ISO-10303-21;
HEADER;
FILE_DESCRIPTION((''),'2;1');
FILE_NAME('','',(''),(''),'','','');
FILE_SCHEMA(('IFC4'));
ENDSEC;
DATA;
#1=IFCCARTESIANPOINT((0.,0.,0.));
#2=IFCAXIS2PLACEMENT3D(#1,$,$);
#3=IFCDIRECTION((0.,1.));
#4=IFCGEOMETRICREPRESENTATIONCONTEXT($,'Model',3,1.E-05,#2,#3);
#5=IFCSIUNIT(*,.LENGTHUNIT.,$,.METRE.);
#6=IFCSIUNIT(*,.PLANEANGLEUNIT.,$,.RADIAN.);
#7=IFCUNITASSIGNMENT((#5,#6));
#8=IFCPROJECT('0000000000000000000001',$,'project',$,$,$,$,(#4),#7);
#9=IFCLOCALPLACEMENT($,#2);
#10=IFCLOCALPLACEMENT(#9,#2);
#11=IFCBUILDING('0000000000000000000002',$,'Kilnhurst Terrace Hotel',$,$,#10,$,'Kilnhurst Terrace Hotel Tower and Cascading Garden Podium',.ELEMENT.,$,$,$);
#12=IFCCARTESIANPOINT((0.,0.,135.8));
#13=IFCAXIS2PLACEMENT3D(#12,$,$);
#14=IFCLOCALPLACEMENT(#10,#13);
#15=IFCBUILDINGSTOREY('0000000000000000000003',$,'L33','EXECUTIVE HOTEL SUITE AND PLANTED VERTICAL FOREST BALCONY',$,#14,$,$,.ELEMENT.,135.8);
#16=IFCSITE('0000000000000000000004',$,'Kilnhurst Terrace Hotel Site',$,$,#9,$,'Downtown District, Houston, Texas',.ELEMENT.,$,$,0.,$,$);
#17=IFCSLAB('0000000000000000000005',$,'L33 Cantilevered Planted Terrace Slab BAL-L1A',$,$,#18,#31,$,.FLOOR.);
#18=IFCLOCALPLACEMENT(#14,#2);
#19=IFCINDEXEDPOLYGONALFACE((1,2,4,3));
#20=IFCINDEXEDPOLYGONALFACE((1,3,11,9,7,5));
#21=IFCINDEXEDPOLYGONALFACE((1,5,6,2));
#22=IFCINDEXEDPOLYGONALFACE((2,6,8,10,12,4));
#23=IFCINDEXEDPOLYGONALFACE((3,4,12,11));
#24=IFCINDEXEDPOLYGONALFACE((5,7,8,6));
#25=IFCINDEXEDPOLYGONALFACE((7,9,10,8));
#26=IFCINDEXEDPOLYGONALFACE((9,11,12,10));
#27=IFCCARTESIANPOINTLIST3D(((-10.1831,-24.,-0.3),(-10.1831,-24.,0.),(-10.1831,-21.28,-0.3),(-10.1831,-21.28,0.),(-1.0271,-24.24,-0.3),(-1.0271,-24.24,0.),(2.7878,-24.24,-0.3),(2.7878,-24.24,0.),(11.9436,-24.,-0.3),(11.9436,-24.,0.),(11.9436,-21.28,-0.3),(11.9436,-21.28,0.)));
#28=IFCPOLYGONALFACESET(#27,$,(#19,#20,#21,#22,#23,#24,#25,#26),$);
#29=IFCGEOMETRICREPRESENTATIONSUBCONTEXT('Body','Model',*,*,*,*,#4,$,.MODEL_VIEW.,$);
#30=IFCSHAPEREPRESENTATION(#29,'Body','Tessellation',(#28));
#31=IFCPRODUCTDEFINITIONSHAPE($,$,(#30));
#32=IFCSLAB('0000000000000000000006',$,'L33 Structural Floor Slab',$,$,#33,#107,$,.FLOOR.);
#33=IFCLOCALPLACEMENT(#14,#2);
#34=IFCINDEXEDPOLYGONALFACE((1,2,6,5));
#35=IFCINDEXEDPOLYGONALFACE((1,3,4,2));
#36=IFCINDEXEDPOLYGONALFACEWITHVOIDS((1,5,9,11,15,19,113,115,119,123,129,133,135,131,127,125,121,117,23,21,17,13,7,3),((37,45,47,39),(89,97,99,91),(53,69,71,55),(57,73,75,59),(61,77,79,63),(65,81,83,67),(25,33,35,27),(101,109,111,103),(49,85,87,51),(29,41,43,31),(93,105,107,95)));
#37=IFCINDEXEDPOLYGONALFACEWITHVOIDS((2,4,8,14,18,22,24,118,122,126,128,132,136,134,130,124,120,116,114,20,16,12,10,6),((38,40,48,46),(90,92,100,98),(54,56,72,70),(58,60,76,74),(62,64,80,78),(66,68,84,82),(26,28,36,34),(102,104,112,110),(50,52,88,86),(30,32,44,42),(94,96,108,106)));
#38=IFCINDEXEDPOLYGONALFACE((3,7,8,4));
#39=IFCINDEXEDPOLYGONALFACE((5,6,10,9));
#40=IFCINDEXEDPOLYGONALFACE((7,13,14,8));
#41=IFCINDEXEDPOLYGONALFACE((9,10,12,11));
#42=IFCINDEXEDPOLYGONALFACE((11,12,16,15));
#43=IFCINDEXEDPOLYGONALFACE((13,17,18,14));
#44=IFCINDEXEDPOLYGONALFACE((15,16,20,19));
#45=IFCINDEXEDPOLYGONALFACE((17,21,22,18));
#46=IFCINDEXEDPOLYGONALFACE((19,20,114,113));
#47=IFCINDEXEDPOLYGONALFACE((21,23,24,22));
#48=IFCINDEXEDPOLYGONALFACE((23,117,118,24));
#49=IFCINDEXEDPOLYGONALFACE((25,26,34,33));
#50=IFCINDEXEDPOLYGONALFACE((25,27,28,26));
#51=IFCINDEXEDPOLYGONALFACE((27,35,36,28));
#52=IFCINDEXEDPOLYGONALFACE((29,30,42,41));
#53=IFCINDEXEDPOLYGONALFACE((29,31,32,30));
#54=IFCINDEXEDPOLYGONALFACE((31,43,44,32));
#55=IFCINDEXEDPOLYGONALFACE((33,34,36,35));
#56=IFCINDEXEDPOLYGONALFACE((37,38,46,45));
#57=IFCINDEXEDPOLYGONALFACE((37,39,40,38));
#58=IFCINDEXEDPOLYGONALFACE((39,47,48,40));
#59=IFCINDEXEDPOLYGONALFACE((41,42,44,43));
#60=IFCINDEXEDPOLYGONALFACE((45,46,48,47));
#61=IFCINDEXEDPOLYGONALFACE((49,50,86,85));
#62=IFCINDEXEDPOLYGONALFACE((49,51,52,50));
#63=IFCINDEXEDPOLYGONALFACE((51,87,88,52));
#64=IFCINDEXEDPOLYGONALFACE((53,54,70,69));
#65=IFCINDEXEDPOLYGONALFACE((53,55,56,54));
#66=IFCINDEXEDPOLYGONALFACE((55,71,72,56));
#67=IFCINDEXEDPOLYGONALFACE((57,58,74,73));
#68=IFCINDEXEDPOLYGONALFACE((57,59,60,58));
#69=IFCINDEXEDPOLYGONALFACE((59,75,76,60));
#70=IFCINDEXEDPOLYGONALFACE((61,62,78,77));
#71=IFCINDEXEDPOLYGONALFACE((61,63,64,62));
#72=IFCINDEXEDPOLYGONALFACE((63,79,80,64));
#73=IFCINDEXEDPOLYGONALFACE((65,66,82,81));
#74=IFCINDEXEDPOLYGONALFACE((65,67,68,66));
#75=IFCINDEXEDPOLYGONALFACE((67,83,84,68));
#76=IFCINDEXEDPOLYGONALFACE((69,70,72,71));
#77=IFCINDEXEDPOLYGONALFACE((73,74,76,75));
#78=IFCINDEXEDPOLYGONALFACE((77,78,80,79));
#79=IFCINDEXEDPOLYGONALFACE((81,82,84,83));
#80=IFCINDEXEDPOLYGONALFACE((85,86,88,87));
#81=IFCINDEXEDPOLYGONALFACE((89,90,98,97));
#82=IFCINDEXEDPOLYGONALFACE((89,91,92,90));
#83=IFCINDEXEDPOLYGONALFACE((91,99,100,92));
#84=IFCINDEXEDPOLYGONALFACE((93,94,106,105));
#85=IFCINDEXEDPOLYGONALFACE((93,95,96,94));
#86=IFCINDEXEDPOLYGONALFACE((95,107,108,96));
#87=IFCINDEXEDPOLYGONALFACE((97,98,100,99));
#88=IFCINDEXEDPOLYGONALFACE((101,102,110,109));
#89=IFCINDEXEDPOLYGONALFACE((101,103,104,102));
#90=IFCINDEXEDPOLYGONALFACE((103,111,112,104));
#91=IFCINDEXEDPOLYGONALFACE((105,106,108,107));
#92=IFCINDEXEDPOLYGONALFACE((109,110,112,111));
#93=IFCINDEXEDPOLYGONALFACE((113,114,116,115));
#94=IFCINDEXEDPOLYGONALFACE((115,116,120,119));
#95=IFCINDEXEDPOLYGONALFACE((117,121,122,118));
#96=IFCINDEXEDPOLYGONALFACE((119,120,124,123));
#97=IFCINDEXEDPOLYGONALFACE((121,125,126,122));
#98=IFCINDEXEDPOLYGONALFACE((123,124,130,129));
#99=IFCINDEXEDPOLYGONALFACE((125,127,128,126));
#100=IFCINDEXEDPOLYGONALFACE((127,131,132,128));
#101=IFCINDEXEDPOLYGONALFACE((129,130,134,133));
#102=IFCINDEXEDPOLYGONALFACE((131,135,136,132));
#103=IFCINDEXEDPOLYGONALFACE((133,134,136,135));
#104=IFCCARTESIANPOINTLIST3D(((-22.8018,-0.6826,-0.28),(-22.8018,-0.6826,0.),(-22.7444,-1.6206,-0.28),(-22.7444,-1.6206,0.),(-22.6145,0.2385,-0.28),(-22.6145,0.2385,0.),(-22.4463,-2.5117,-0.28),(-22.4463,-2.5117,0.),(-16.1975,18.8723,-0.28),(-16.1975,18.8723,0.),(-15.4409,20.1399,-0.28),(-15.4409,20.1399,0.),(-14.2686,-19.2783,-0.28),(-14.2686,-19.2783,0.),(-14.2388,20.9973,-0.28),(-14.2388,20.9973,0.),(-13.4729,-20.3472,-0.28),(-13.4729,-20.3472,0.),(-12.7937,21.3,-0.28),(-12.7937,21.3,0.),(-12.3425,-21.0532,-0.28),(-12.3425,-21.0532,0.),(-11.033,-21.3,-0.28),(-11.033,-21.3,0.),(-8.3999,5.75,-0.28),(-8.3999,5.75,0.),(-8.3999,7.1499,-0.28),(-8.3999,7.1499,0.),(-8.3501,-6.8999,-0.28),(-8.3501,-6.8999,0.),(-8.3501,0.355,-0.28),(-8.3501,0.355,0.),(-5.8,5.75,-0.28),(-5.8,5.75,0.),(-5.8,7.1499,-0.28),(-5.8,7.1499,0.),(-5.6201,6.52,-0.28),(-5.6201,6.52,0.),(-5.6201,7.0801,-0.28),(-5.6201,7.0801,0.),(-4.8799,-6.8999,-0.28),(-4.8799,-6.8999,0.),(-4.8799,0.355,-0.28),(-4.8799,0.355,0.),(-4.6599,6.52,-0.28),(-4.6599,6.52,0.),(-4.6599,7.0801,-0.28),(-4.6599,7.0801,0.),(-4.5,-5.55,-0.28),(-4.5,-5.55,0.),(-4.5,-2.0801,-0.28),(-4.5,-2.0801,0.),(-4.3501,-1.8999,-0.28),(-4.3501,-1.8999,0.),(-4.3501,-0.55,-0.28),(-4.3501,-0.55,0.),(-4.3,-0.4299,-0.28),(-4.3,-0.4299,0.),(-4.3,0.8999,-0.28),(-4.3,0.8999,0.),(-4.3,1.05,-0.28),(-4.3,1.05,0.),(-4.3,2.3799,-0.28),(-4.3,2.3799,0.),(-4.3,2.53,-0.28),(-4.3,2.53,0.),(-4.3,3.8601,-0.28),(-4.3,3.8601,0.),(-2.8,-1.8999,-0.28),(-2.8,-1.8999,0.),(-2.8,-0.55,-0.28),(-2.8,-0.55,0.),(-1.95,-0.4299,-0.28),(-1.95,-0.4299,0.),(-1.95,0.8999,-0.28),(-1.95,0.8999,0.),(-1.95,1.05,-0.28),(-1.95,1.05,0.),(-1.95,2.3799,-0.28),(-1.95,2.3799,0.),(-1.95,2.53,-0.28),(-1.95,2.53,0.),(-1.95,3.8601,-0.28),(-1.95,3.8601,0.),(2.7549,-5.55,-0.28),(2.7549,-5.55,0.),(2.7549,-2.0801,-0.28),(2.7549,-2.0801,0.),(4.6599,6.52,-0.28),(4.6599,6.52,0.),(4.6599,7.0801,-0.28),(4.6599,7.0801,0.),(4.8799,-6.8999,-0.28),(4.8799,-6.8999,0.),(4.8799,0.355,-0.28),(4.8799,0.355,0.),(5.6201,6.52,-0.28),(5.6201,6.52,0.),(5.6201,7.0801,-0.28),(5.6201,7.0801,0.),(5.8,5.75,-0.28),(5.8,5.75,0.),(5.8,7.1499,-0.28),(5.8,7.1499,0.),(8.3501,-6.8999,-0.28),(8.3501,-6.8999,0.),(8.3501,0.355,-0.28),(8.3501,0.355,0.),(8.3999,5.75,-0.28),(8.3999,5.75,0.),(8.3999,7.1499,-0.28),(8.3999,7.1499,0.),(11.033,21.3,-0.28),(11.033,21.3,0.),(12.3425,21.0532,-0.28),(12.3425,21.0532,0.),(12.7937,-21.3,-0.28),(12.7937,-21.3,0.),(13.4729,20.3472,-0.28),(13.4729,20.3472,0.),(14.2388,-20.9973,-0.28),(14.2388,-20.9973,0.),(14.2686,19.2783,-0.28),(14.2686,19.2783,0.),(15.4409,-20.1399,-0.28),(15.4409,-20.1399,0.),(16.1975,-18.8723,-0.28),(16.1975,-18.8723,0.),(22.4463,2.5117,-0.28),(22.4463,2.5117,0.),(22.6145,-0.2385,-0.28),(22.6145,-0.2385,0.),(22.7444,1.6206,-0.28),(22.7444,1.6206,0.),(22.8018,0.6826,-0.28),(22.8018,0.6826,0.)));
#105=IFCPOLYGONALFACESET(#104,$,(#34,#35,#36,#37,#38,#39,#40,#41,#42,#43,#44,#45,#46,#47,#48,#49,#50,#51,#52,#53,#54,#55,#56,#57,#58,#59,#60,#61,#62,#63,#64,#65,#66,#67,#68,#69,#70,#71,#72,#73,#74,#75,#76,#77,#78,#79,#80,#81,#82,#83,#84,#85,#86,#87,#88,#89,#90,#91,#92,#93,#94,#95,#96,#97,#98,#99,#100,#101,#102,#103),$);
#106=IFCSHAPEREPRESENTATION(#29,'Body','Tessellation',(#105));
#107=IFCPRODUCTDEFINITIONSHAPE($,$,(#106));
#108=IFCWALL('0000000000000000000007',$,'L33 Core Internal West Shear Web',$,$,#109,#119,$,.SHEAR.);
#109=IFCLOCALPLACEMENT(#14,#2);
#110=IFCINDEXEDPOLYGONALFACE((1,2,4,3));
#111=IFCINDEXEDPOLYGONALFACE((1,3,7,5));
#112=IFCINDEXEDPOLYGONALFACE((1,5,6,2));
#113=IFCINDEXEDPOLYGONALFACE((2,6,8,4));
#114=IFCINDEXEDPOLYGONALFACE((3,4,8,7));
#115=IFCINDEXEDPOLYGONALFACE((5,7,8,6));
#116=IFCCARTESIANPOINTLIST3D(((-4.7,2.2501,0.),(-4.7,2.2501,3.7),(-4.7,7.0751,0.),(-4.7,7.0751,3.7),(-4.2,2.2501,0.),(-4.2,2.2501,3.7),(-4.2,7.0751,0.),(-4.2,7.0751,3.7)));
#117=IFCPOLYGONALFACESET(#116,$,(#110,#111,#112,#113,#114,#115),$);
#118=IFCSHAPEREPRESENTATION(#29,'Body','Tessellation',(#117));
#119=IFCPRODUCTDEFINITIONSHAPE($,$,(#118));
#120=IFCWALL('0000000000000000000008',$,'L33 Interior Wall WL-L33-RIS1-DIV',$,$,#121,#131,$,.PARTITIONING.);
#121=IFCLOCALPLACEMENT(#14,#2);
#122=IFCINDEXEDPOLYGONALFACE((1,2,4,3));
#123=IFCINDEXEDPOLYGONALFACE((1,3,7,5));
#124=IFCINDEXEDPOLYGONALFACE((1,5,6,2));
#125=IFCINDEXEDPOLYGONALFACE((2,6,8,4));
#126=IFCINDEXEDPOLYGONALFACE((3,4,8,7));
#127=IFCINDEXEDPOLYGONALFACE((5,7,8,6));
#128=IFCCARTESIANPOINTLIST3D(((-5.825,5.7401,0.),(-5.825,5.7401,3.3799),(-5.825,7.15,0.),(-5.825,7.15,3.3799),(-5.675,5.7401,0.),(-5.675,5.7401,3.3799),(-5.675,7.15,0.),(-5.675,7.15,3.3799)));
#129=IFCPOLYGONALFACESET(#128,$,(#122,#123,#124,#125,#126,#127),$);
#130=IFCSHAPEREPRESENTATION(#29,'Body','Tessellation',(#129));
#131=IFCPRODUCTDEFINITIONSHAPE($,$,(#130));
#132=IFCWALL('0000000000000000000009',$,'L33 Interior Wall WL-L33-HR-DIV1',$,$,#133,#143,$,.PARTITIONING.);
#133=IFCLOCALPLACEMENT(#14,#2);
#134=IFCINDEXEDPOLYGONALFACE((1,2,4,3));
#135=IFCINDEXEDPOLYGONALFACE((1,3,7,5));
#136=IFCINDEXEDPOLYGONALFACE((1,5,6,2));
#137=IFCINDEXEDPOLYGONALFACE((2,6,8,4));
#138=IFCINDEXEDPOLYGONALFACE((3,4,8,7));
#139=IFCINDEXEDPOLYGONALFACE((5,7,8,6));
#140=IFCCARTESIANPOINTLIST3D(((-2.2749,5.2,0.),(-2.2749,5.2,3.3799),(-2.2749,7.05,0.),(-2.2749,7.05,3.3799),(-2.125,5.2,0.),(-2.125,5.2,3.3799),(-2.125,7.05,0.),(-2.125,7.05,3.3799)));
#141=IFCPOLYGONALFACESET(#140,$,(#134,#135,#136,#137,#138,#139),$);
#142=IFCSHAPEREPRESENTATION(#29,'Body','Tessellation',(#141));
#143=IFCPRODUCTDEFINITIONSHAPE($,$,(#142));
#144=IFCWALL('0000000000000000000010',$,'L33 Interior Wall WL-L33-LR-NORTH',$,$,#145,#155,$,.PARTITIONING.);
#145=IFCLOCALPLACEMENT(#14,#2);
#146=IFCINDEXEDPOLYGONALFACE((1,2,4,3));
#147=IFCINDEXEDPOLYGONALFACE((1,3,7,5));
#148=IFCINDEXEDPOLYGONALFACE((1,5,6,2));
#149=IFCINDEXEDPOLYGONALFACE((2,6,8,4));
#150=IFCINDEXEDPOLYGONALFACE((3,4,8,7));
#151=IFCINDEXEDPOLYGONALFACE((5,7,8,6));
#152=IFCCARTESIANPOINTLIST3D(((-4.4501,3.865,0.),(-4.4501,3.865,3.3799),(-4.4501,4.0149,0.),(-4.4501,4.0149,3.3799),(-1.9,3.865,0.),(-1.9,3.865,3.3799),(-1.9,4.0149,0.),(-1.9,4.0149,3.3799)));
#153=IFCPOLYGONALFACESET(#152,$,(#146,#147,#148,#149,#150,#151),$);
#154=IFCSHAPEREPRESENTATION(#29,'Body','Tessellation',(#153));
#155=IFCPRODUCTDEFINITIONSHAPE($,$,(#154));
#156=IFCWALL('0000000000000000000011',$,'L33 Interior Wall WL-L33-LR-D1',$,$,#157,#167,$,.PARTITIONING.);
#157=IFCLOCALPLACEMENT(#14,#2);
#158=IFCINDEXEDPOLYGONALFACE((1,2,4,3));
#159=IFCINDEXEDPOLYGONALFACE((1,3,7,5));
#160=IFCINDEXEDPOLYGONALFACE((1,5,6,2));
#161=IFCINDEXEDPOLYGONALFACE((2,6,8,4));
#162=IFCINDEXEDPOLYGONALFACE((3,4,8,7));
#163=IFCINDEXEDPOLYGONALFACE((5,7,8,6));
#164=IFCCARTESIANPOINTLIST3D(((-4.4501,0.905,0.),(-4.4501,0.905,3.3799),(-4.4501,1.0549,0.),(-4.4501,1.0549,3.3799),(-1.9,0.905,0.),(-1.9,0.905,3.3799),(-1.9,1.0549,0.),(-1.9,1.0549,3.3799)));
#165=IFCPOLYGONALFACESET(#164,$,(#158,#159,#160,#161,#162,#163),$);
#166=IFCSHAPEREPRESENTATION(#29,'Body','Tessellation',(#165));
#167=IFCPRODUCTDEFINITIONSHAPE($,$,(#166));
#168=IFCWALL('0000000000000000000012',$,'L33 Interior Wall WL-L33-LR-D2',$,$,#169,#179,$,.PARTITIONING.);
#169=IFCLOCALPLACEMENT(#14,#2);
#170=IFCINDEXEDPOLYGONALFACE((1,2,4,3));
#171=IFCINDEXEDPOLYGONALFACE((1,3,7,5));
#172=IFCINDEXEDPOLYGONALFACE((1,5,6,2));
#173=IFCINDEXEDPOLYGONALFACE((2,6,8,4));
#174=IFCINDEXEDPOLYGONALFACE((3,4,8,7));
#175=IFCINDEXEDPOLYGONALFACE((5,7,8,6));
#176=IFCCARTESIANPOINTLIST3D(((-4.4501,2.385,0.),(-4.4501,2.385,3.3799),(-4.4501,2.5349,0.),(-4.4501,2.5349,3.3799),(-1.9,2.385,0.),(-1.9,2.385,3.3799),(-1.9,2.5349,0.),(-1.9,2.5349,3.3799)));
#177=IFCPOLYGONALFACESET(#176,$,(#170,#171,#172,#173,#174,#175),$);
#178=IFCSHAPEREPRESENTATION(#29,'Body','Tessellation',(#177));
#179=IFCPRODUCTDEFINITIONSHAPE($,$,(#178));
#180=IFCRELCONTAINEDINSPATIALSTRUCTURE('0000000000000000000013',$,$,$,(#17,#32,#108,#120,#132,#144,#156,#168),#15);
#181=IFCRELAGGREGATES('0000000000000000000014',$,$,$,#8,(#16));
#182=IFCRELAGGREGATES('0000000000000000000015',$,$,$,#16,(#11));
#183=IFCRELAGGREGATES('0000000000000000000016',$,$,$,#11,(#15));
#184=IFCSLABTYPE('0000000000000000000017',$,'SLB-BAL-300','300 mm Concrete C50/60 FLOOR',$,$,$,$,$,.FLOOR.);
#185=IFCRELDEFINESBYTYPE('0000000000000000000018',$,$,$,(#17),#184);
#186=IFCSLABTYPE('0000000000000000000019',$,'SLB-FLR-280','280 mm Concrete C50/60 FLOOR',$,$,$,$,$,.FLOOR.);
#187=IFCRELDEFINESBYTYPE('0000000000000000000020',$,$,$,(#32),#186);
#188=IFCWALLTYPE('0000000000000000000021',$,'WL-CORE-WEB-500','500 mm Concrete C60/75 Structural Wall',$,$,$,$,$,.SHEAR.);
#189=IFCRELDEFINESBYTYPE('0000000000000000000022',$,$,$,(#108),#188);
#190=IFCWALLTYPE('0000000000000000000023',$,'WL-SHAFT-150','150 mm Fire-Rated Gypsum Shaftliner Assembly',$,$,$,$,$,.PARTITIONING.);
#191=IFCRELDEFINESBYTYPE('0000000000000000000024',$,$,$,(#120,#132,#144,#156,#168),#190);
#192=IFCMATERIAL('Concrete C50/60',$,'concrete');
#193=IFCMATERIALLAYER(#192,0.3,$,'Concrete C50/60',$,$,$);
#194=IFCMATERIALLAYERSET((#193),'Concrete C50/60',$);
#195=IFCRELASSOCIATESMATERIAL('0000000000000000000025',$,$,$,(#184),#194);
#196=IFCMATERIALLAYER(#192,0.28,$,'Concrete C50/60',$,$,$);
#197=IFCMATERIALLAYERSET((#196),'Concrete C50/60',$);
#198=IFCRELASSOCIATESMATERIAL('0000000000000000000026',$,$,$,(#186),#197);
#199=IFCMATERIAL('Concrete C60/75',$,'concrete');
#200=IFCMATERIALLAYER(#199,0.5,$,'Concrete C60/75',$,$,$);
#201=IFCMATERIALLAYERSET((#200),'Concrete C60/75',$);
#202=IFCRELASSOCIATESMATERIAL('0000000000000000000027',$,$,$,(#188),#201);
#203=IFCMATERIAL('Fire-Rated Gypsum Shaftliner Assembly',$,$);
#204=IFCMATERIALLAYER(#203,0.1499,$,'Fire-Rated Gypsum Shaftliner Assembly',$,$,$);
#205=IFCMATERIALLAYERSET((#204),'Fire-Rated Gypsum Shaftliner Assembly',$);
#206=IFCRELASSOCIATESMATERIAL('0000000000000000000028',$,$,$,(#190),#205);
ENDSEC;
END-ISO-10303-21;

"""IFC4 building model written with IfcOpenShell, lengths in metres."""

from ifc_helpers import new_model, si_unit, direction, frame, frame_2d, origin, place, context, subcontext, project, spatial, polyline, rectangle, outline, extrude, material, layer, layer_set, type_object, element, save


model = new_model("IFC4")

# Units and contexts
model_context = context("Model", 3, precision=1e-05, world=origin(), true_north=direction((0.0, 1.0)))
body_context = subcontext(model_context, "Body", "Model", "MODEL_VIEW")
ifc_project = project(units=[si_unit("LENGTHUNIT", "METRE"), si_unit("PLANEANGLEUNIT", "RADIAN")], contexts=[model_context])

# Site, building, storey
site_placement = place(None, origin())
site = spatial("IfcSite", under=ifc_project, at=site_placement, Name="Kilnhurst Terrace Hotel Site", LongName="Downtown District, Houston, Texas", CompositionType="ELEMENT", RefElevation=0.0)
building_placement = place(site_placement, origin())
building = spatial("IfcBuilding", under=site, at=building_placement, Name="Kilnhurst Terrace Hotel", LongName="Kilnhurst Terrace Hotel Tower and Cascading Garden Podium", CompositionType="ELEMENT")
storey_placement = place(building_placement, frame((0.0, 0.0, 135.8)))
storey = spatial("IfcBuildingStorey", under=building, at=storey_placement, Name="L33", Description="EXECUTIVE HOTEL SUITE AND PLANTED VERTICAL FOREST BALCONY", CompositionType="ELEMENT", Elevation=135.8)

# Slabs
ifc_material_1 = material(Name="Concrete C50/60", Category="concrete")
ifc_layer_1 = layer(ifc_material_1, 0.3, Name="Concrete C50/60")
ifc_layer_set_1 = layer_set([ifc_layer_1], Name="Concrete C50/60")
slab_type_1 = type_object("IfcSlabType", Name="SLB-BAL-300", Description="300 mm Concrete C50/60 FLOOR", PredefinedType="FLOOR", material=ifc_layer_set_1)
slab_1_placement = place(storey_placement, frame((0.0, 0.0, -0.3)))
element("IfcSlab", 1, at=slab_1_placement, inside=storey, type_object=slab_type_1, Name="L33 Cantilevered Planted Terrace Slab BAL-L1A", PredefinedType="FLOOR", context=body_context, shape_type="SweptSolid", body=[
    extrude(outline(polyline([(2.7878, -24.24), (-1.0271, -24.24), (-10.1831, -24.0), (-10.1831, -21.28), (11.9436, -21.28), (11.9436, -24.0), (2.7878, -24.24)])), origin(), (0.0, 0.0, 1.0), 0.3),
])
ifc_layer_2 = layer(ifc_material_1, 0.28, Name="Concrete C50/60")
ifc_layer_set_2 = layer_set([ifc_layer_2], Name="Concrete C50/60")
slab_type_2 = type_object("IfcSlabType", Name="SLB-FLR-280", Description="280 mm Concrete C50/60 FLOOR", PredefinedType="FLOOR", material=ifc_layer_set_2)
slab_2_placement = place(storey_placement, frame((0.0, 0.0, -0.28)))
element("IfcSlab", 2, at=slab_2_placement, inside=storey, type_object=slab_type_2, Name="L33 Structural Floor Slab", PredefinedType="FLOOR", context=body_context, shape_type="SweptSolid", body=[
    extrude(outline(polyline([(-14.2686, -19.2783), (-13.4729, -20.3472), (-12.3425, -21.0532), (-11.033, -21.3), (12.7937, -21.3), (14.2388, -20.9973), (15.4409, -20.1399), (16.1975, -18.8723), (22.6145, -0.2385), (22.8018, 0.6826), (22.7444, 1.6206), (22.4463, 2.5117), (14.2686, 19.2783), (13.4729, 20.3472), (12.3425, 21.0532), (11.033, 21.3), (-12.7937, 21.3), (-14.2388, 20.9973), (-15.4409, 20.1399), (-16.1975, 18.8723), (-22.6145, 0.2385), (-22.8018, -0.6826), (-22.7444, -1.6206), (-22.4463, -2.5117), (-14.2686, -19.2783)]), holes=[polyline([(-8.3501, 0.355), (-4.8799, 0.355), (-4.8799, -6.8999), (-8.3501, -6.8999), (-8.3501, 0.355)]), polyline([(-2.8, -1.8999), (-4.3501, -1.8999), (-4.3501, -0.55), (-2.8, -0.55), (-2.8, -1.8999)]), polyline([(-1.95, -0.4299), (-4.3, -0.4299), (-4.3, 0.8999), (-1.95, 0.8999), (-1.95, -0.4299)]), polyline([(-4.3, 1.05), (-4.3, 2.3799), (-1.95, 2.3799), (-1.95, 1.05), (-4.3, 1.05)]), polyline([(-8.3999, 5.75), (-8.3999, 7.1499), (-5.8, 7.1499), (-5.8, 5.75), (-8.3999, 5.75)]), polyline([(-4.6599, 6.52), (-5.6201, 6.52), (-5.6201, 7.0801), (-4.6599, 7.0801), (-4.6599, 6.52)]), polyline([(2.7549, -5.55), (-4.5, -5.55), (-4.5, -2.0801), (2.7549, -2.0801), (2.7549, -5.55)]), polyline([(8.3501, 0.355), (8.3501, -6.8999), (4.8799, -6.8999), (4.8799, 0.355), (8.3501, 0.355)]), polyline([(-1.95, 2.53), (-4.3, 2.53), (-4.3, 3.8601), (-1.95, 3.8601), (-1.95, 2.53)]), polyline([(5.8, 5.75), (5.8, 7.1499), (8.3999, 7.1499), (8.3999, 5.75), (5.8, 5.75)]), polyline([(4.6599, 6.52), (4.6599, 7.0801), (5.6201, 7.0801), (5.6201, 6.52), (4.6599, 6.52)])]), origin(), (0.0, 0.0, 1.0), 0.28),
])

# Walls
ifc_material_2 = material(Name="Concrete C60/75", Category="concrete")
ifc_layer_3 = layer(ifc_material_2, 0.5, Name="Concrete C60/75")
ifc_layer_set_3 = layer_set([ifc_layer_3], Name="Concrete C60/75")
wall_type_1 = type_object("IfcWallType", Name="WL-CORE-WEB-500", Description="500 mm Concrete C60/75 Structural Wall", PredefinedType="SHEAR", material=ifc_layer_set_3)
wall_1_placement = place(storey_placement, frame((-4.45, 2.25, 0.0), z_axis=(0.0, 0.0, 1.0), x_axis=(0.0, 1.0, 0.0)))
element("IfcWall", 3, at=wall_1_placement, inside=storey, type_object=wall_type_1, Name="L33 Core Internal West Shear Web", PredefinedType="SHEAR", context=body_context, shape_type="SweptSolid", body=[
    extrude(rectangle(XDim=4.825, YDim=0.5, at=frame_2d((2.4126, 0.0))), origin(), (0.0, 0.0, 1.0), 3.7),
])
ifc_material_3 = material(Name="Fire-Rated Gypsum Shaftliner Assembly")
ifc_layer_4 = layer(ifc_material_3, 0.1499, Name="Fire-Rated Gypsum Shaftliner Assembly")
ifc_layer_set_4 = layer_set([ifc_layer_4], Name="Fire-Rated Gypsum Shaftliner Assembly")
wall_type_2 = type_object("IfcWallType", Name="WL-SHAFT-150", Description="150 mm Fire-Rated Gypsum Shaftliner Assembly", PredefinedType="PARTITIONING", material=ifc_layer_set_4)
wall_2_placement = place(storey_placement, frame((-5.75, 5.74, 0.0), z_axis=(0.0, 0.0, 1.0), x_axis=(0.0, 1.0, 0.0)))
element("IfcWall", 4, at=wall_2_placement, inside=storey, type_object=wall_type_2, Name="L33 Interior Wall WL-L33-RIS1-DIV", PredefinedType="PARTITIONING", context=body_context, shape_type="SweptSolid", body=[
    extrude(rectangle(XDim=1.4099, YDim=0.1499, at=frame_2d((0.7051, 0.0))), origin(), (0.0, 0.0, 1.0), 3.3799),
])
wall_3_placement = place(storey_placement, frame((-2.2, 5.2, 0.0), z_axis=(0.0, 0.0, 1.0), x_axis=(0.0, 1.0, 0.0)))
element("IfcWall", 5, at=wall_3_placement, inside=storey, type_object=wall_type_2, Name="L33 Interior Wall WL-L33-HR-DIV1", PredefinedType="PARTITIONING", context=body_context, shape_type="SweptSolid", body=[
    extrude(rectangle(XDim=1.8501, YDim=0.1499, at=frame_2d((0.925, 0.0))), origin(), (0.0, 0.0, 1.0), 3.3799),
])
for number, where, z_axis, x_axis, name in (
    (6, (-4.45, 3.9399, 0.0), (0.0, 0.0, 1.0), (1.0, 0.0, 0.0), "L33 Interior Wall WL-L33-LR-NORTH"),
    (7, (-4.45, 0.98, 0.0), (0.0, 0.0, 1.0), (1.0, 0.0, 0.0), "L33 Interior Wall WL-L33-LR-D1"),
    (8, (-4.45, 2.46, 0.0), (0.0, 0.0, 1.0), (1.0, 0.0, 0.0), "L33 Interior Wall WL-L33-LR-D2"),
):
    element("IfcWall", number, at=place(storey_placement, frame(where, z_axis=z_axis, x_axis=x_axis)), inside=storey, type_object=wall_type_2, Name=name, PredefinedType="PARTITIONING", context=body_context, shape_type="SweptSolid", body=[
        extrude(rectangle(XDim=2.55, YDim=0.1499, at=frame_2d((1.2749, 0.0))), origin(), (0.0, 0.0, 1.0), 3.3799),
    ])

save(model, "model.ifc")
